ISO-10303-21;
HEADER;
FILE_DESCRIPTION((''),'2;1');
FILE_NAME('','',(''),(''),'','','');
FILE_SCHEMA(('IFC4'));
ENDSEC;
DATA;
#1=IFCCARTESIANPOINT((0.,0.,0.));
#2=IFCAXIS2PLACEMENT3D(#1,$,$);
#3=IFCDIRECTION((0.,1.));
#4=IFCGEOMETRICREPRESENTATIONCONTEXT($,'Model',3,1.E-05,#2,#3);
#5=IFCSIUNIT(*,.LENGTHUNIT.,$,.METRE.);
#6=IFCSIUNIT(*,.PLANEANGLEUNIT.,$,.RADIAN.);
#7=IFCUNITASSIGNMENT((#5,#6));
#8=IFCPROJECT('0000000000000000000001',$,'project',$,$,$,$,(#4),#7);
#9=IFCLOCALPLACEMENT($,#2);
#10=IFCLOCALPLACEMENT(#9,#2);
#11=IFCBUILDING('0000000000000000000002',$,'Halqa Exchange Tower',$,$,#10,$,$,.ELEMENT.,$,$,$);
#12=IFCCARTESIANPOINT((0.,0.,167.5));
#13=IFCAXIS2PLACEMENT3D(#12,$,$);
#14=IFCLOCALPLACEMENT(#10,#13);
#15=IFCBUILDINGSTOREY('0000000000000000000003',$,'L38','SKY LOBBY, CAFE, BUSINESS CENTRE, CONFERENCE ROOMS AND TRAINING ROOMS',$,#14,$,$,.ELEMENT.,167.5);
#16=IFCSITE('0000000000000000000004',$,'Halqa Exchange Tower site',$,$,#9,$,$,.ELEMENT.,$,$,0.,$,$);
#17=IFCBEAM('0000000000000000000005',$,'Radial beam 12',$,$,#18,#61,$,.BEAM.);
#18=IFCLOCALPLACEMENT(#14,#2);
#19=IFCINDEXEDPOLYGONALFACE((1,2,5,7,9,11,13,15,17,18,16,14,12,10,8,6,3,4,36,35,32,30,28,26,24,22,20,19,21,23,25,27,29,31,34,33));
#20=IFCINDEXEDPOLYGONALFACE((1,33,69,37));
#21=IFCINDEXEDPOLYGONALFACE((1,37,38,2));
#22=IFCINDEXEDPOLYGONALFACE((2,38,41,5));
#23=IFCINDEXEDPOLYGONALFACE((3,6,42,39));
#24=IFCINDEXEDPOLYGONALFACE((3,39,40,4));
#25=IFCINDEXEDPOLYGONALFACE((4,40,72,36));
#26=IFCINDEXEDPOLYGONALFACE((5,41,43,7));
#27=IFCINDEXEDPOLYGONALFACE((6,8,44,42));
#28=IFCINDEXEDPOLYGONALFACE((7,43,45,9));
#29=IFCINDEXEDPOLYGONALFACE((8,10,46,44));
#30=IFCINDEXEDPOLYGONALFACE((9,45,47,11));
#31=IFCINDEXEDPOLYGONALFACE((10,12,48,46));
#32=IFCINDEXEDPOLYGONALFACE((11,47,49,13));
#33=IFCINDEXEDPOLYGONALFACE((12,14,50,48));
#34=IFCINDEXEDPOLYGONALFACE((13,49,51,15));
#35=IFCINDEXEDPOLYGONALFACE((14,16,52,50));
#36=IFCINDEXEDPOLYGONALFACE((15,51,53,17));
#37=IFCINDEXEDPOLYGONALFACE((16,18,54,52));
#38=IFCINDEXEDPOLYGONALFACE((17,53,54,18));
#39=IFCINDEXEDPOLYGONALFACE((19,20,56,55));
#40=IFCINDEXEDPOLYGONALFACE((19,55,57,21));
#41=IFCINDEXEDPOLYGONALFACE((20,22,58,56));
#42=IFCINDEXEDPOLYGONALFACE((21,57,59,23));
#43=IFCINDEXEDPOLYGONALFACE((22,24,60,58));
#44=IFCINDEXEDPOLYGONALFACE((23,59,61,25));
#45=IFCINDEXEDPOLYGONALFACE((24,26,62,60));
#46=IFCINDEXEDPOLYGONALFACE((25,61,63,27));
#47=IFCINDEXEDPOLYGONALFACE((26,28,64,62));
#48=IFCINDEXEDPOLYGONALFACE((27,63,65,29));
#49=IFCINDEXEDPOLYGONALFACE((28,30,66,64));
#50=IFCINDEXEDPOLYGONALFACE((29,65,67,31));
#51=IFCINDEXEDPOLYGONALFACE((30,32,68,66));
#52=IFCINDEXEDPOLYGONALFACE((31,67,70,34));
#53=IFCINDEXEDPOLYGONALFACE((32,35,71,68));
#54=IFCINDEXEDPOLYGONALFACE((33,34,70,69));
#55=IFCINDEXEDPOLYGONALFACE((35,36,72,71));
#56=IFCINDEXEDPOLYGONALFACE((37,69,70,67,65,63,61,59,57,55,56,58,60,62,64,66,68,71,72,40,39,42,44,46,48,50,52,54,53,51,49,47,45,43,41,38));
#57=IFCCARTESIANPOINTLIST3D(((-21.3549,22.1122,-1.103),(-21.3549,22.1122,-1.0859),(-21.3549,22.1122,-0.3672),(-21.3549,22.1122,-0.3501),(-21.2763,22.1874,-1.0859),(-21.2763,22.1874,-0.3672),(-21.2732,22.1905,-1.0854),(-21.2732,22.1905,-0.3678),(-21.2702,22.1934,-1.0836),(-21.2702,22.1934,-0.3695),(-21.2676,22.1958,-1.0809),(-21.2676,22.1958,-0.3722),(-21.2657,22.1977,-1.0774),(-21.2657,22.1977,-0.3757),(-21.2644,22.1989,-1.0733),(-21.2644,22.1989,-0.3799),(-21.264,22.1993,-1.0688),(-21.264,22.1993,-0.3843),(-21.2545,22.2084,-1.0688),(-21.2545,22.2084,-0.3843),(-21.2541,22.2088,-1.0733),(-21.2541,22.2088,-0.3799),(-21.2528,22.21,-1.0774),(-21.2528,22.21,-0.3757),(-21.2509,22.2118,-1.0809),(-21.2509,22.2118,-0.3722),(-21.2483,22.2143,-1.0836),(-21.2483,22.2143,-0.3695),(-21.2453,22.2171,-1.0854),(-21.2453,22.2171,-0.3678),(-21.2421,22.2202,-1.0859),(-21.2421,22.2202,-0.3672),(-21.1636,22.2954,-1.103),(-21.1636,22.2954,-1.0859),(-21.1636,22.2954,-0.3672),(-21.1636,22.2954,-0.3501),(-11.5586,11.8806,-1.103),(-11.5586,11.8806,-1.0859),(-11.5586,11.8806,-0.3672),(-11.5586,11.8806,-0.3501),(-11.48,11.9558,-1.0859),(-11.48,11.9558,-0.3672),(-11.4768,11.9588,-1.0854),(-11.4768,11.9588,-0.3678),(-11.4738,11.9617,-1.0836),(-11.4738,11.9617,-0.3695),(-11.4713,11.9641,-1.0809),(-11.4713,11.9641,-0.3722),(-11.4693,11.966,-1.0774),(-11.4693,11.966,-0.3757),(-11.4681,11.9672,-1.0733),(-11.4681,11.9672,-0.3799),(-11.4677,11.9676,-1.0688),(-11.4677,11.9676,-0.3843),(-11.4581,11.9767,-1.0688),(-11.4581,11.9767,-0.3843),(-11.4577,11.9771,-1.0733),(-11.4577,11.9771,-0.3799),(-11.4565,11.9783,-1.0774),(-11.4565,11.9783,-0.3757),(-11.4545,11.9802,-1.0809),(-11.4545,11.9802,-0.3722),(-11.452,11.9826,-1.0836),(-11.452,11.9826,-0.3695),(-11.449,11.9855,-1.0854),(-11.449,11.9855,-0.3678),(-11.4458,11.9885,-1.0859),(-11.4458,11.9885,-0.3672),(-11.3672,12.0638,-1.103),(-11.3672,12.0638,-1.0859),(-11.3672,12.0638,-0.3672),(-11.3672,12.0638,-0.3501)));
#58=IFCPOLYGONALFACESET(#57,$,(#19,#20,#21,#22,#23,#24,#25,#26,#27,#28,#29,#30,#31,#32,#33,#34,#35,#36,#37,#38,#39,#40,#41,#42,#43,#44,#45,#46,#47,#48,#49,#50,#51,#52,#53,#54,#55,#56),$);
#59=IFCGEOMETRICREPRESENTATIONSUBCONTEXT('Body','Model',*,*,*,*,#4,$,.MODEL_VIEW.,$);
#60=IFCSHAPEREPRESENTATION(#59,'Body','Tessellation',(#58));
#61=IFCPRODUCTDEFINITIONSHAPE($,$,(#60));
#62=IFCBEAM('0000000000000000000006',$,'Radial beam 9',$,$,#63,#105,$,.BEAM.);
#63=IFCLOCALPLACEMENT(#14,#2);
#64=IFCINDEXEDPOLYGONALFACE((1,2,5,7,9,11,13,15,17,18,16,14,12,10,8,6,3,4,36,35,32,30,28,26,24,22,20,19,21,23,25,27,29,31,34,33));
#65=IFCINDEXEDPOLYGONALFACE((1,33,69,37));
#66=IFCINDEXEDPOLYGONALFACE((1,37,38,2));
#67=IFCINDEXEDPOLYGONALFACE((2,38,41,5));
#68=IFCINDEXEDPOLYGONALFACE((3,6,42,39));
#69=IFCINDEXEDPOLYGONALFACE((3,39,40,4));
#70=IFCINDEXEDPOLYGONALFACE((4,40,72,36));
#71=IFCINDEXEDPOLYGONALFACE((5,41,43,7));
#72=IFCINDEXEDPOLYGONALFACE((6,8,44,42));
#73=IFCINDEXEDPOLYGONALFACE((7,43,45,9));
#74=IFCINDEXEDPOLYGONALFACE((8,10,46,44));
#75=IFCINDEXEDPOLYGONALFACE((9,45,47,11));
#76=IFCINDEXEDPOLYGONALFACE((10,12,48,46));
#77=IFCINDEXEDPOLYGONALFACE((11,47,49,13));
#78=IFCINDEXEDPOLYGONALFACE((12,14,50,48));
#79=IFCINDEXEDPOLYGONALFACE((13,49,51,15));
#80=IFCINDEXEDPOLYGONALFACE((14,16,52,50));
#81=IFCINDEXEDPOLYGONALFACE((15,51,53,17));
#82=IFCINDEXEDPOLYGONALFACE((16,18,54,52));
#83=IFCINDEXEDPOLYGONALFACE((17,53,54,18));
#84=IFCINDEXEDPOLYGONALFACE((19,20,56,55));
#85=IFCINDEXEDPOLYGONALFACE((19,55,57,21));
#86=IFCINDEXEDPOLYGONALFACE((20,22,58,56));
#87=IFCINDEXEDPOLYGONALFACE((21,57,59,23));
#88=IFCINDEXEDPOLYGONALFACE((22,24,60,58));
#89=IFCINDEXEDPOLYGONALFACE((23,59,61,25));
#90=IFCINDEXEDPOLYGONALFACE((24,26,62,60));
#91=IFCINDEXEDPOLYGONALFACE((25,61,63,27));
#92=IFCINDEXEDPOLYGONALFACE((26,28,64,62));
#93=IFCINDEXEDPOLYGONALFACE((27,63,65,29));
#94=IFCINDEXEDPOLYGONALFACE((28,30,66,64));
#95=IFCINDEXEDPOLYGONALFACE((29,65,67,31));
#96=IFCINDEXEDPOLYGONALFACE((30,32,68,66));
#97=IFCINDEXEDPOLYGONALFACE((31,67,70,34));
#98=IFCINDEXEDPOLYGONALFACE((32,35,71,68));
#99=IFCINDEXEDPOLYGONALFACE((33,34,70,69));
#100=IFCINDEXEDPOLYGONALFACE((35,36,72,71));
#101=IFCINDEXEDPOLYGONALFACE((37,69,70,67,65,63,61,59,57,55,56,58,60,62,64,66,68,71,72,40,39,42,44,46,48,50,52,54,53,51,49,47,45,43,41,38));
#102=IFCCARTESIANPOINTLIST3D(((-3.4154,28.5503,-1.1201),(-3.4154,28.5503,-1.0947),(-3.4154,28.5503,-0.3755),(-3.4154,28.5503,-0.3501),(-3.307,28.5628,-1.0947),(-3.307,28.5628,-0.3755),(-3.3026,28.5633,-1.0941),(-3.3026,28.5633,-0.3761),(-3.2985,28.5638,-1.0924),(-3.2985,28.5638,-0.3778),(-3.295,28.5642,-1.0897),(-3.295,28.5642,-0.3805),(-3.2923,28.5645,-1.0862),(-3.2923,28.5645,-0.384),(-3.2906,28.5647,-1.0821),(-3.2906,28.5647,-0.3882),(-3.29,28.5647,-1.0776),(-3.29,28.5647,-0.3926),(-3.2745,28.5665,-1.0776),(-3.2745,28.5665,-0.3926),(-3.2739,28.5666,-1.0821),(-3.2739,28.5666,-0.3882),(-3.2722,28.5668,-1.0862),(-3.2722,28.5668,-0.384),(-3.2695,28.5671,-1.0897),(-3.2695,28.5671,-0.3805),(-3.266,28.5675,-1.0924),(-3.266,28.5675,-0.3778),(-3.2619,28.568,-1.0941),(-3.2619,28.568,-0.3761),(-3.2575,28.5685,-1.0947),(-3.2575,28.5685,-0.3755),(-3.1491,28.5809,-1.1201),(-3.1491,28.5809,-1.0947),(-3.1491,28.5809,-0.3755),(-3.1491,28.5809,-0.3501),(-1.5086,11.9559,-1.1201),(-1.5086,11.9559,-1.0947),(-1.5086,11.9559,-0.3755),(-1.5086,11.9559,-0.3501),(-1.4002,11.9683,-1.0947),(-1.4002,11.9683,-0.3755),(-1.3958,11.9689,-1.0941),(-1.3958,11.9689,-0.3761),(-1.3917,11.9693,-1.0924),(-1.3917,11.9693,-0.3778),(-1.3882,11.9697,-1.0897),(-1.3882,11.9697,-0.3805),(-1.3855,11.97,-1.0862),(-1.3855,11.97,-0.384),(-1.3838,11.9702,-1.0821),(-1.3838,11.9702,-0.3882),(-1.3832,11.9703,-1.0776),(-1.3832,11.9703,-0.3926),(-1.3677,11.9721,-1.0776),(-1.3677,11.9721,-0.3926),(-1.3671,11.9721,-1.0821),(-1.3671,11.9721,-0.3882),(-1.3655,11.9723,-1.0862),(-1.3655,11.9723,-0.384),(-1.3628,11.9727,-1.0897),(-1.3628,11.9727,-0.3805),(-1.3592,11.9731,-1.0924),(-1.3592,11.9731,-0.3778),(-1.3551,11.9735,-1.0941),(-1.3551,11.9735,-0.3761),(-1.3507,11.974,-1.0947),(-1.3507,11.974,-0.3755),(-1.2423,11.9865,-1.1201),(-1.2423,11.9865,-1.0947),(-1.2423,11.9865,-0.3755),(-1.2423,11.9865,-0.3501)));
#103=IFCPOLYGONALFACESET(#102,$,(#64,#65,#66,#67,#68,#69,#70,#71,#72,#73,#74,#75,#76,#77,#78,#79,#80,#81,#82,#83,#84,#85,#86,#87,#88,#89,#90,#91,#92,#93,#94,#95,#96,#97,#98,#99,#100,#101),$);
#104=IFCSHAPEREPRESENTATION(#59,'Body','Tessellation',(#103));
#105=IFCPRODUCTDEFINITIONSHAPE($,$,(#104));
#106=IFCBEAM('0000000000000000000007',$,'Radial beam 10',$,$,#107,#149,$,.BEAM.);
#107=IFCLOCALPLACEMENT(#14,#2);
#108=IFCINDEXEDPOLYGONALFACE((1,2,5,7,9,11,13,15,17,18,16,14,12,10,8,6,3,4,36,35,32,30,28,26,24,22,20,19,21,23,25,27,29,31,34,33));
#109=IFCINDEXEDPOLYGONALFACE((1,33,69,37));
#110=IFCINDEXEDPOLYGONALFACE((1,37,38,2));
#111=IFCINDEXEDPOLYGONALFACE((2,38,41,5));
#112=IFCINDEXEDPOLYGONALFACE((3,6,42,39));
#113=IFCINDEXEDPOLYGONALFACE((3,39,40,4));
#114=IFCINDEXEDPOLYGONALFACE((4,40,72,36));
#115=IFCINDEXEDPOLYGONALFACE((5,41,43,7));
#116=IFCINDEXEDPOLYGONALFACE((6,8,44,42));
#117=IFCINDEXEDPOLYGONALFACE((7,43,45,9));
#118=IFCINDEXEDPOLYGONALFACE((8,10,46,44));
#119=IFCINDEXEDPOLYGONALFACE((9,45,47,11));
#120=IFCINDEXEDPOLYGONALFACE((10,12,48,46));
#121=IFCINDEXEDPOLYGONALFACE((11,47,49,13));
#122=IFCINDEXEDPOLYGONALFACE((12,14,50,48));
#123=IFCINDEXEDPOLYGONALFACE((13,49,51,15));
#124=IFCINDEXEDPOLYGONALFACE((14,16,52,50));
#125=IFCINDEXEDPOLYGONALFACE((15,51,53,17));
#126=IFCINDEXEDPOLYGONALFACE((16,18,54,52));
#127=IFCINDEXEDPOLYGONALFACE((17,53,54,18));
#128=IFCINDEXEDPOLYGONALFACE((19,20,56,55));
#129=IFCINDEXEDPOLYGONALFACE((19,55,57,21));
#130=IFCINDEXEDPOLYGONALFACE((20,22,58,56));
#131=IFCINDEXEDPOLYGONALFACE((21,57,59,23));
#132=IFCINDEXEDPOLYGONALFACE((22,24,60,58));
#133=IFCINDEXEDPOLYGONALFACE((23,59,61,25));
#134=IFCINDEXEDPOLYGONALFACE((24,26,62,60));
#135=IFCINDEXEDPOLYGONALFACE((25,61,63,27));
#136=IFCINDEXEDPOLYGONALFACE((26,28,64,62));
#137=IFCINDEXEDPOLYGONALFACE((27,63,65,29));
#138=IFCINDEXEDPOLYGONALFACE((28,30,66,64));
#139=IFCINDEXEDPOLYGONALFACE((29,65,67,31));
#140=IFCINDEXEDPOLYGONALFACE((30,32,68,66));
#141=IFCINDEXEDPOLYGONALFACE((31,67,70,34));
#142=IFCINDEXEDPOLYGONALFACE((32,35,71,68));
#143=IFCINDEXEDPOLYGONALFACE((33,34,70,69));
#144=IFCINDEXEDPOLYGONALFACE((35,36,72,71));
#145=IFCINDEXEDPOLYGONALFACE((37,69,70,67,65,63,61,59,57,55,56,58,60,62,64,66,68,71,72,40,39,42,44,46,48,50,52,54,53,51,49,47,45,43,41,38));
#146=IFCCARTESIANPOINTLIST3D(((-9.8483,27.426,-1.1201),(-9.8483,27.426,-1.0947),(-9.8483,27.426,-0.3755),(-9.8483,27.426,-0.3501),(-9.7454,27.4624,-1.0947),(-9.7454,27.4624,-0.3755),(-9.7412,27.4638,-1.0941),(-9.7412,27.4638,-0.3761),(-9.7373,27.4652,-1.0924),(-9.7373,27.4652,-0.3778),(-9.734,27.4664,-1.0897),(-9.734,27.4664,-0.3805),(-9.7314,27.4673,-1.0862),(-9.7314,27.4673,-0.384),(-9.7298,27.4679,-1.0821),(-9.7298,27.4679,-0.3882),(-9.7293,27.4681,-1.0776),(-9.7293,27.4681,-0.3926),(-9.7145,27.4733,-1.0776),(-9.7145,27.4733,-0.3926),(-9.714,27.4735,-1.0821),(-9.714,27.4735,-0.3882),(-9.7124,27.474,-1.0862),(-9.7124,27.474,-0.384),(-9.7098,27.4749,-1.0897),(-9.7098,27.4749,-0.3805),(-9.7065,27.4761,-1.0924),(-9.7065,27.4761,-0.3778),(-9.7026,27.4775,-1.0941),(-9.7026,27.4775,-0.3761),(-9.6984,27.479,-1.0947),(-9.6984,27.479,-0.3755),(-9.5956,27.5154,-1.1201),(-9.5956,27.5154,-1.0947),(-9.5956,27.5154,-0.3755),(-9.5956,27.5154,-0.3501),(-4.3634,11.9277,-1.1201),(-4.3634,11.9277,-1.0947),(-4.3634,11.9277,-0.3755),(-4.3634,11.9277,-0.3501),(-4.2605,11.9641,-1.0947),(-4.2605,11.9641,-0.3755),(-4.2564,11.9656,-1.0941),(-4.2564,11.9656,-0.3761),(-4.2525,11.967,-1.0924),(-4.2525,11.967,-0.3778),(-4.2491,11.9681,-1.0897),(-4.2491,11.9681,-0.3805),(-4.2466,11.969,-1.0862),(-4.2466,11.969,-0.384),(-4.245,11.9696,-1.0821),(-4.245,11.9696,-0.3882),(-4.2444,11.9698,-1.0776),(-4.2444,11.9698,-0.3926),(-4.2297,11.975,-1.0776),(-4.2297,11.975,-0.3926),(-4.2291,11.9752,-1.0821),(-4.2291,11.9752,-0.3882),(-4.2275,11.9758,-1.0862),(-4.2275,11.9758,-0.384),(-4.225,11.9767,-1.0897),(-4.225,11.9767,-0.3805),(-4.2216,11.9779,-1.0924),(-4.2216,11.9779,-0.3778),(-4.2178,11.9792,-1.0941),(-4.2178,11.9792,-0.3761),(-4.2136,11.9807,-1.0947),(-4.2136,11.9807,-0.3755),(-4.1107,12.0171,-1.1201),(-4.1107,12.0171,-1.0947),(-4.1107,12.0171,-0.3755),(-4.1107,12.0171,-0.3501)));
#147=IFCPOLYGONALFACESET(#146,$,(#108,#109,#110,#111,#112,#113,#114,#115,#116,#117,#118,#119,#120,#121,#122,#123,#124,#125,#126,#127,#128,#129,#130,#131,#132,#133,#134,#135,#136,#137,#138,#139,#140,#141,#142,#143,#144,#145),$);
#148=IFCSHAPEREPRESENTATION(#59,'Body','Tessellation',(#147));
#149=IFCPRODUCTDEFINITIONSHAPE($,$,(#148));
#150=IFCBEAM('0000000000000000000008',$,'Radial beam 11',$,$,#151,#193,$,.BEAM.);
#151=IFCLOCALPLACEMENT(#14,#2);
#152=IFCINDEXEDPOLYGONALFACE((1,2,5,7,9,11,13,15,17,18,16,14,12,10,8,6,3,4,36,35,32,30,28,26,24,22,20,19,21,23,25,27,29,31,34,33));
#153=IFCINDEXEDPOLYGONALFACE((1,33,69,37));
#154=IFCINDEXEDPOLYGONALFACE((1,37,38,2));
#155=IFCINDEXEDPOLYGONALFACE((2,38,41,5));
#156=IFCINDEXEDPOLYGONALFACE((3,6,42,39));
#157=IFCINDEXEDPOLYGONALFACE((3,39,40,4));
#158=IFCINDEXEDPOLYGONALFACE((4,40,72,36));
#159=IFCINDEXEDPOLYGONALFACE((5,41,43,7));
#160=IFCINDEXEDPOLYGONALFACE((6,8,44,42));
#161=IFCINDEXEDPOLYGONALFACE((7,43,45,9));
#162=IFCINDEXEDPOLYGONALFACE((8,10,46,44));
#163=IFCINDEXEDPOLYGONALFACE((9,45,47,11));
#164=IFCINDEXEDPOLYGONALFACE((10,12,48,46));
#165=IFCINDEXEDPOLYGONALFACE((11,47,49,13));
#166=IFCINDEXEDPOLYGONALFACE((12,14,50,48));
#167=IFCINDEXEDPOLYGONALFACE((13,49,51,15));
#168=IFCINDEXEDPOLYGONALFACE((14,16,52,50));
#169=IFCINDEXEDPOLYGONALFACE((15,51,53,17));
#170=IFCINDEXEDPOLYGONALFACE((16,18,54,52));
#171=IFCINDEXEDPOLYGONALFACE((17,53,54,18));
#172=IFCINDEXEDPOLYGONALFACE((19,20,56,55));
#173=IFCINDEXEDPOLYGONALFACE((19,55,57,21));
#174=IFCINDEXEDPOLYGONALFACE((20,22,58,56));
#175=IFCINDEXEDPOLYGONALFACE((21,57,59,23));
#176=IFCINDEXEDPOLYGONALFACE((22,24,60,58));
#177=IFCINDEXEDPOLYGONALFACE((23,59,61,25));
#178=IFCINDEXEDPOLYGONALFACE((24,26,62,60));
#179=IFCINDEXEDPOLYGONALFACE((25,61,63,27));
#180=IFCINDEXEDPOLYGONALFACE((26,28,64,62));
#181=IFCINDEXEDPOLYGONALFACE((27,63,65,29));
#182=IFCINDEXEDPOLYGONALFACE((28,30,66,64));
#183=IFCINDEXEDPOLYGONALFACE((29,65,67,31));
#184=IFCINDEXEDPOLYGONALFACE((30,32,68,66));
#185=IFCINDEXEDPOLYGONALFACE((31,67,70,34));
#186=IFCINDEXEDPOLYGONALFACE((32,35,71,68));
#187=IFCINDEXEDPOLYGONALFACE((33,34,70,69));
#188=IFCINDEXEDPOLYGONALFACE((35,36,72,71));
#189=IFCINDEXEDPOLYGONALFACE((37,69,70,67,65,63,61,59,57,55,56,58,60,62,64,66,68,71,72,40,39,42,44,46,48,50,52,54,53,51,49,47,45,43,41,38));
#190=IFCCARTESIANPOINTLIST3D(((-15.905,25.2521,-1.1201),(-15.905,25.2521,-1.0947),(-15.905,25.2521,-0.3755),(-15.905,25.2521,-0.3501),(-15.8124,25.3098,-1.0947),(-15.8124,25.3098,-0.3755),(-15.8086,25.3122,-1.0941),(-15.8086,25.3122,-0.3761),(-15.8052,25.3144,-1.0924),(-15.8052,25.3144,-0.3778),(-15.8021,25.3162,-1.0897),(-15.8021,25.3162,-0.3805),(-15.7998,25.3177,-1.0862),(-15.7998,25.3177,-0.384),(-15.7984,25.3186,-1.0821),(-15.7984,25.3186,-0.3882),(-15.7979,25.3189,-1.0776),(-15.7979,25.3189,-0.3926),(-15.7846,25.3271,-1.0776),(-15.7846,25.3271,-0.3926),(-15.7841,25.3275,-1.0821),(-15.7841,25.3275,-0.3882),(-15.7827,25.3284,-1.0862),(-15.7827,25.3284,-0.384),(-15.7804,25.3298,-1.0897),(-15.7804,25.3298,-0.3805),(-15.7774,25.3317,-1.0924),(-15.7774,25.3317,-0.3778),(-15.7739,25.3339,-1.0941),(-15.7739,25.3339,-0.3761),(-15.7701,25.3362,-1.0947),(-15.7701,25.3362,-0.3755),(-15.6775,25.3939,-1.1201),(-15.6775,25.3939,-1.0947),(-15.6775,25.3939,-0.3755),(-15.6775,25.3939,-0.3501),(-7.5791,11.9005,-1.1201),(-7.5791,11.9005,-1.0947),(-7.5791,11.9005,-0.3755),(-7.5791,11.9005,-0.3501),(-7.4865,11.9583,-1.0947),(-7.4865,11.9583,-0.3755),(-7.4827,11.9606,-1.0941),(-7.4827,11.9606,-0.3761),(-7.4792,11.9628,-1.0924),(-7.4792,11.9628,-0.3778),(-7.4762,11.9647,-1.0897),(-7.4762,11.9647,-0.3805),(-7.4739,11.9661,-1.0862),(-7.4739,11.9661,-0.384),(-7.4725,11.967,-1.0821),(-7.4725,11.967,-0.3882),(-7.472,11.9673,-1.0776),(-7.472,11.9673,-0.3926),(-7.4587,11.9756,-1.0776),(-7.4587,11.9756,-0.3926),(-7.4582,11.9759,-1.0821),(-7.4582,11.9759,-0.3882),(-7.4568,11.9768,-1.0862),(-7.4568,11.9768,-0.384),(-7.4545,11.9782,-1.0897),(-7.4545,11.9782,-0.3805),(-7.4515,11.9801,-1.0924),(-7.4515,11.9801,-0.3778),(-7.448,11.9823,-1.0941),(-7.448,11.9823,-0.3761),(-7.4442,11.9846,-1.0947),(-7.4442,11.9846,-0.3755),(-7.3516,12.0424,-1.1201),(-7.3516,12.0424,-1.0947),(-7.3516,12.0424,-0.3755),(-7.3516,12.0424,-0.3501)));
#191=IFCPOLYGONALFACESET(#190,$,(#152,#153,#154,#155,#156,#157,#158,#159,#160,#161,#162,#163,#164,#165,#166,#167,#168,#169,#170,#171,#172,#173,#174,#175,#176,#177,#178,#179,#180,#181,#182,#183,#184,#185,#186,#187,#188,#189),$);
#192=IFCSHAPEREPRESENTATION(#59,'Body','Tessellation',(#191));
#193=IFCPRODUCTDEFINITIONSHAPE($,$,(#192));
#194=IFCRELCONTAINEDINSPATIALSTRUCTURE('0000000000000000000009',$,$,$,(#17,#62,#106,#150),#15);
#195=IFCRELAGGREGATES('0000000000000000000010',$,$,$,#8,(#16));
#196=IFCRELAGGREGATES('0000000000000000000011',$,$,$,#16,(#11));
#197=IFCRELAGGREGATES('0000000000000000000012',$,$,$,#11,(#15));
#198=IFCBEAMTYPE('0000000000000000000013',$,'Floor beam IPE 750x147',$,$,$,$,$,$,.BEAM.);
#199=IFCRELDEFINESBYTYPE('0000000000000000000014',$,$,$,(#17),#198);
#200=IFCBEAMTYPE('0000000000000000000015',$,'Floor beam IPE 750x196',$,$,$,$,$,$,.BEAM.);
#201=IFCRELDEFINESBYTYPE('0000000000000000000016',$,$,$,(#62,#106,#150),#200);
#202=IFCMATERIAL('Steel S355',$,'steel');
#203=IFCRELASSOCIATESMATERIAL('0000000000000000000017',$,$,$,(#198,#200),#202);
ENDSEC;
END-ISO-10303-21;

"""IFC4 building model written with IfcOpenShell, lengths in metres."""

from ifc_helpers import new_model, si_unit, direction, frame, origin, origin_2d, place, context, subcontext, project, spatial, i_section, extrude, material, material_profile, profile_set, type_object, element, save


model = new_model("IFC4")

# Units and contexts
model_context = context("Model", 3, precision=1e-05, world=origin(), true_north=direction((0.0, 1.0)))
body_context = subcontext(model_context, "Body", "Model", "MODEL_VIEW")
ifc_project = project(units=[si_unit("LENGTHUNIT", "METRE"), si_unit("PLANEANGLEUNIT", "RADIAN")], contexts=[model_context])

# Site, building, storey
site_placement = place(None, origin())
site = spatial("IfcSite", under=ifc_project, at=site_placement, Name="Halqa Exchange Tower site", CompositionType="ELEMENT", RefElevation=0.0)
building_placement = place(site_placement, origin())
building = spatial("IfcBuilding", under=site, at=building_placement, Name="Halqa Exchange Tower", CompositionType="ELEMENT")
storey_placement = place(building_placement, frame((0.0, 0.0, 167.5)))
storey = spatial("IfcBuildingStorey", under=building, at=storey_placement, Name="L38", Description="SKY LOBBY, CAFE, BUSINESS CENTRE, CONFERENCE ROOMS AND TRAINING ROOMS", CompositionType="ELEMENT", Elevation=167.5)

# Beams
ifc_material_1 = material(Name="Steel S355", Category="steel")
ifc_material_profile_1 = material_profile(ifc_material_1, i_section(OverallWidth=0.2649, OverallDepth=0.7529, WebThickness=0.0132, FlangeThickness=0.0171, FilletRadius=0.0171, at=origin_2d()), Name="IPE 750x147")
ifc_profile_set_1 = profile_set([ifc_material_profile_1], Name="Steel S355")
beam_type_1 = type_object("IfcBeamType", Name="Floor beam IPE 750x147", PredefinedType="BEAM", material=ifc_profile_set_1)
beam_1_placement = place(storey_placement, frame((-11.4629, 11.9722, -0.7266), z_axis=(-0.691575, 0.722305, 0.0), x_axis=(-0.722305, -0.691575, 0.0)))
element("IfcBeam", 1, at=beam_1_placement, inside=storey, type_object=beam_type_1, Name="Radial beam 12", PredefinedType="BEAM", context=body_context, shape_type="SweptSolid", body=[
    extrude(i_section(OverallWidth=0.2649, OverallDepth=0.7529, WebThickness=0.0132, FlangeThickness=0.0171, FilletRadius=0.0171, at=origin_2d()), origin(), (0.0, 0.0, 1.0), 14.1653),
])
ifc_material_profile_2 = material_profile(ifc_material_1, i_section(OverallWidth=0.2681, OverallDepth=0.77, WebThickness=0.0156, FlangeThickness=0.0254, FilletRadius=0.0171, at=origin_2d()), Name="IPE 750x196")
ifc_profile_set_2 = profile_set([ifc_material_profile_2], Name="Steel S355")
beam_type_2 = type_object("IfcBeamType", Name="Floor beam IPE 750x196", PredefinedType="BEAM", material=ifc_profile_set_2)
beam_2_placement = place(storey_placement, frame((-1.3755, 11.9712, -0.7351), z_axis=(-0.114151, 0.993463, 0.0), x_axis=(-0.993463, -0.114151, 0.0)))
element("IfcBeam", 2, at=beam_2_placement, inside=storey, type_object=beam_type_2, Name="Radial beam 9", PredefinedType="BEAM", context=body_context, shape_type="SweptSolid", body=[
    extrude(i_section(OverallWidth=0.2681, OverallDepth=0.77, WebThickness=0.0156, FlangeThickness=0.0254, FilletRadius=0.0171, at=origin_2d()), origin(), (0.0, 0.0, 1.0), 16.7036),
])
beam_3_placement = place(storey_placement, frame((-4.2371, 11.9724, -0.7351), z_axis=(-0.333625, 0.942706, 0.0), x_axis=(-0.942706, -0.333625, 0.0)))
element("IfcBeam", 3, at=beam_3_placement, inside=storey, type_object=beam_type_2, Name="Radial beam 10", PredefinedType="BEAM", context=body_context, shape_type="SweptSolid", body=[
    extrude(i_section(OverallWidth=0.2681, OverallDepth=0.77, WebThickness=0.0156, FlangeThickness=0.0254, FilletRadius=0.0171, at=origin_2d()), origin(), (0.0, 0.0, 1.0), 16.4402),
])
beam_4_placement = place(storey_placement, frame((-7.4653, 11.9714, -0.7351), z_axis=(-0.52914, 0.848535, 0.0), x_axis=(-0.848535, -0.52914, 0.0)))
element("IfcBeam", 4, at=beam_4_placement, inside=storey, type_object=beam_type_2, Name="Radial beam 11", PredefinedType="BEAM", context=body_context, shape_type="SweptSolid", body=[
    extrude(i_section(OverallWidth=0.2681, OverallDepth=0.77, WebThickness=0.0156, FlangeThickness=0.0254, FilletRadius=0.0171, at=origin_2d()), origin(), (0.0, 0.0, 1.0), 15.7349),
])

save(model, "model.ifc")
